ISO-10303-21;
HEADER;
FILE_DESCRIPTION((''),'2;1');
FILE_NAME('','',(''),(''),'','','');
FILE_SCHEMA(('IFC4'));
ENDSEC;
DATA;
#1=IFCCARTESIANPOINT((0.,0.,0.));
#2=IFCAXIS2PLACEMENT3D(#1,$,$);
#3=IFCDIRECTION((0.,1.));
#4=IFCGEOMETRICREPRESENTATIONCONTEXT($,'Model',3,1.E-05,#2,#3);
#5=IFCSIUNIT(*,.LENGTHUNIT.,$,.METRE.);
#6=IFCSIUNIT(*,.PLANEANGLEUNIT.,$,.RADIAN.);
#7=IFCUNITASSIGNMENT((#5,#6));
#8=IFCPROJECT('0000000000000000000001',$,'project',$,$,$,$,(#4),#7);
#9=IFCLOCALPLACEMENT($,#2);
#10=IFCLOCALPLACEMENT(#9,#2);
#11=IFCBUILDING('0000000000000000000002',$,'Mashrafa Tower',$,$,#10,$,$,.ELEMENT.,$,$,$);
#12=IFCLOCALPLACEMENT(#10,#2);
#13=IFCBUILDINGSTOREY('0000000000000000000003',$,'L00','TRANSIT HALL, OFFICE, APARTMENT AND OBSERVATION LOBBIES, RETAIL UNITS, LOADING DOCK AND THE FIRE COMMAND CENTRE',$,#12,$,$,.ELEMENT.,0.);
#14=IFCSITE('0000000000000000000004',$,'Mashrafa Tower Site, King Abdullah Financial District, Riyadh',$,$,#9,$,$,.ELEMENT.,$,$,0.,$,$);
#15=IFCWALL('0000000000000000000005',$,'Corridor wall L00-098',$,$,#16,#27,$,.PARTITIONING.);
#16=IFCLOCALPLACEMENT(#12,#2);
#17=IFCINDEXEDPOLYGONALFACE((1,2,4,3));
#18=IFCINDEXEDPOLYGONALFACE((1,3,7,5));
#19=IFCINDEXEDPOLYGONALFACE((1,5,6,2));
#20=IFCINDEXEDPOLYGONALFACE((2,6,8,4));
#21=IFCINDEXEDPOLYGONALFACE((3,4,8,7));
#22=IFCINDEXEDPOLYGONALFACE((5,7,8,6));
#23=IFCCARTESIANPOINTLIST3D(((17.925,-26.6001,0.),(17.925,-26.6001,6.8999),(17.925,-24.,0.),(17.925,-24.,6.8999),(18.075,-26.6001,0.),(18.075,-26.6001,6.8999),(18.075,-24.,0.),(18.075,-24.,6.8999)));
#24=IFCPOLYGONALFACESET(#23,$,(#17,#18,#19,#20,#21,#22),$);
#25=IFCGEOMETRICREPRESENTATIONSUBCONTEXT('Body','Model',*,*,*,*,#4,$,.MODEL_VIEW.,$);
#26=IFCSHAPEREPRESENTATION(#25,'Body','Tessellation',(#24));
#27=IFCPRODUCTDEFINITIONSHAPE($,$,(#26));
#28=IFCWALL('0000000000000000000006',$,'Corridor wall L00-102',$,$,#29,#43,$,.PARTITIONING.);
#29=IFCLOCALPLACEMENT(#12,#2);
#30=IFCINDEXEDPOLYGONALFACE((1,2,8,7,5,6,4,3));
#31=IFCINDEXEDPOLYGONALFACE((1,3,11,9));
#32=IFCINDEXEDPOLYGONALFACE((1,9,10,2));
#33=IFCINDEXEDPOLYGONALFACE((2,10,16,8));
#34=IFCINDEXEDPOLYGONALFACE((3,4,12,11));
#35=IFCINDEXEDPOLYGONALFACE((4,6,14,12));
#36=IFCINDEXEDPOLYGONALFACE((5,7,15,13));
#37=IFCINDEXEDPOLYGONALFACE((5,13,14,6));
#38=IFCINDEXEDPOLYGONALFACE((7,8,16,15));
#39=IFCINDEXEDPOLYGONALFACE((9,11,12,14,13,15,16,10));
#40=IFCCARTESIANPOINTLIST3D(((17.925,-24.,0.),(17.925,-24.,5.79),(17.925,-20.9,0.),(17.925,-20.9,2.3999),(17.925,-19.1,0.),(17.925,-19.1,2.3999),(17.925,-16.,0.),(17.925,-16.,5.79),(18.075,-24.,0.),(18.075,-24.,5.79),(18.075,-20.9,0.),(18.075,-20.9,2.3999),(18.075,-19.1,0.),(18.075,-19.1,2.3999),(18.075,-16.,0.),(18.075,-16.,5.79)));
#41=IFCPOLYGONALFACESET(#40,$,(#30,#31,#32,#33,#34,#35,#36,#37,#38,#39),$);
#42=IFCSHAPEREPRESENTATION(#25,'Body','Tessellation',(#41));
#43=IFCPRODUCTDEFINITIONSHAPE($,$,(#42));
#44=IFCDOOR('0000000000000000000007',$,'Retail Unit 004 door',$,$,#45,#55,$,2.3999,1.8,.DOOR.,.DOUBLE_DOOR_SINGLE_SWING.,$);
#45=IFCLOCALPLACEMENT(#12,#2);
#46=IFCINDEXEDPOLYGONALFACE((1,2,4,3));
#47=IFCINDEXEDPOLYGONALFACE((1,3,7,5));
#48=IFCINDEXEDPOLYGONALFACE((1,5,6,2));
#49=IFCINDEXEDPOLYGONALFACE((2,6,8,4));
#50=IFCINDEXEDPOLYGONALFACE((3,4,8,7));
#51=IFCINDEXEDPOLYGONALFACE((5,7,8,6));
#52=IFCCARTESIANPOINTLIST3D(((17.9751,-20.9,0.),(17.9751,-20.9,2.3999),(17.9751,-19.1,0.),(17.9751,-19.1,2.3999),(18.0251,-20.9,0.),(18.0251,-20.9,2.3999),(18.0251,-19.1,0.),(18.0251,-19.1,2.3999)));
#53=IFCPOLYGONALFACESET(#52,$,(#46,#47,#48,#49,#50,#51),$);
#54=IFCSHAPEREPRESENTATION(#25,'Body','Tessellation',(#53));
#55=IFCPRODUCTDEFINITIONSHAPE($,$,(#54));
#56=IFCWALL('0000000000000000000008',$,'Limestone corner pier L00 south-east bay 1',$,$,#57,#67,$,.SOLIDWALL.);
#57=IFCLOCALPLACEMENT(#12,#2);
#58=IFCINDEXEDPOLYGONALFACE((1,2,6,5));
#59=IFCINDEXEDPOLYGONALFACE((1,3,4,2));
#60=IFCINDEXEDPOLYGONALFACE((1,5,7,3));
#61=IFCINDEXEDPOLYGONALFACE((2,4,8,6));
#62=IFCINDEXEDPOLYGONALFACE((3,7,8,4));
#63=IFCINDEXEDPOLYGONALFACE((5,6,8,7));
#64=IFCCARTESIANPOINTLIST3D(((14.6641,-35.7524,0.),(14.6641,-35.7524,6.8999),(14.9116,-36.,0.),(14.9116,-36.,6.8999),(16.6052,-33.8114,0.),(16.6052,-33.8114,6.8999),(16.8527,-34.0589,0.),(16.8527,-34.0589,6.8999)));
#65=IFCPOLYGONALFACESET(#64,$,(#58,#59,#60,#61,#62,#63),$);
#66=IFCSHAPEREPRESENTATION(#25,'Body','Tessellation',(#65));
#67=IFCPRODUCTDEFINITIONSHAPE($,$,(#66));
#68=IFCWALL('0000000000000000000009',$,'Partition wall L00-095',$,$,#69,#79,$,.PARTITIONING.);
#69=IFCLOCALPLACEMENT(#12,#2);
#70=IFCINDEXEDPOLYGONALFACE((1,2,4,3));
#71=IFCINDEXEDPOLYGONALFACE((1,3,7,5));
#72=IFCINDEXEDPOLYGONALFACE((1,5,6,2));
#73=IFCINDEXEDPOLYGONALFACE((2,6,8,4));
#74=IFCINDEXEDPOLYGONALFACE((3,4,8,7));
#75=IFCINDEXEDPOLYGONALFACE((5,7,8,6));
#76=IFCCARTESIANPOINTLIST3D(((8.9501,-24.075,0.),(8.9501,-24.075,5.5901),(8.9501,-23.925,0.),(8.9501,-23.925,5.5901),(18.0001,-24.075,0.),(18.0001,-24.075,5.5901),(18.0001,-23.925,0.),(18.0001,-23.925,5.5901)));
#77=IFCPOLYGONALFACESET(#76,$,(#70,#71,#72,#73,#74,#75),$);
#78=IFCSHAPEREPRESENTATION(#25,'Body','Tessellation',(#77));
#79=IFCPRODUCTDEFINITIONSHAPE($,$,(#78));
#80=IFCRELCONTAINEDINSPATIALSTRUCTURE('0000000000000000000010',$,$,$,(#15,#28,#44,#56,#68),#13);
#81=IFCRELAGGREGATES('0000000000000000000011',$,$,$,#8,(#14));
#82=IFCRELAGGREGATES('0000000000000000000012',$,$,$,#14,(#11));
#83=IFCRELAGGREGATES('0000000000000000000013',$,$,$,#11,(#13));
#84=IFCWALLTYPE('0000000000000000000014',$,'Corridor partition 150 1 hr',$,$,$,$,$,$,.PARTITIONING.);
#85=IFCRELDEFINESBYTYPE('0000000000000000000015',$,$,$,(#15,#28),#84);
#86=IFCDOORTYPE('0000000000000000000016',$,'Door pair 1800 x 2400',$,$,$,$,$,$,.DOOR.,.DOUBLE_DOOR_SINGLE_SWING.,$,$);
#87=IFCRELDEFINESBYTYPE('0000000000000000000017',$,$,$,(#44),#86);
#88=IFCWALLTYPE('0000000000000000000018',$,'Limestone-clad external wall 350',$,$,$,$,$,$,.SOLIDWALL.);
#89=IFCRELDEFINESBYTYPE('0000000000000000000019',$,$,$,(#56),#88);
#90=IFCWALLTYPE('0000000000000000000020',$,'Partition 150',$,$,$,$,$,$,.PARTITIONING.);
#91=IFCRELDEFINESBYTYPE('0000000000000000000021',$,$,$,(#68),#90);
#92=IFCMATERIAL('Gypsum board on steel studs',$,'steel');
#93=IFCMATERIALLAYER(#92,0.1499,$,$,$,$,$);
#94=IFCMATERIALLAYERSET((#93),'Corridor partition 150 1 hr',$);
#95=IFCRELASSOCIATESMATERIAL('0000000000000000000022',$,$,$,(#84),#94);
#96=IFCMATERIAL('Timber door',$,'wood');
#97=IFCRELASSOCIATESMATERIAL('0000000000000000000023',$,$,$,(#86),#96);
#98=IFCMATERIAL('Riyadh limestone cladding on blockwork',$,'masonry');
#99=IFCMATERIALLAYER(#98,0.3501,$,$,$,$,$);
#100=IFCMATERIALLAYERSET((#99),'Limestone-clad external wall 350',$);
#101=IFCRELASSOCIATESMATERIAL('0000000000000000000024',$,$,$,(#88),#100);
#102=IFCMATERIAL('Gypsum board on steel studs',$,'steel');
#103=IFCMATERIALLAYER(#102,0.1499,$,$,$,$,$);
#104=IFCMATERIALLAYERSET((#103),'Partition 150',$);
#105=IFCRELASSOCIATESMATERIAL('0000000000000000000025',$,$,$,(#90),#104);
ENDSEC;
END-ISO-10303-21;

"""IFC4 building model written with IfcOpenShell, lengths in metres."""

from ifc_helpers import new_model, si_unit, direction, frame, frame_2d, origin, place, context, subcontext, project, spatial, rectangle, extrude, material, layer, layer_set, type_object, element, fill, save


model = new_model("IFC4")

# Units and contexts
model_context = context("Model", 3, precision=1e-05, world=origin(), true_north=direction((0.0, 1.0)))
body_context = subcontext(model_context, "Body", "Model", "MODEL_VIEW")
ifc_project = project(units=[si_unit("LENGTHUNIT", "METRE"), si_unit("PLANEANGLEUNIT", "RADIAN")], contexts=[model_context])

# Site, building, storey
site_placement = place(None, origin())
site = spatial("IfcSite", under=ifc_project, at=site_placement, Name="Mashrafa Tower Site, King Abdullah Financial District, Riyadh", CompositionType="ELEMENT", RefElevation=0.0)
building_placement = place(site_placement, origin())
building = spatial("IfcBuilding", under=site, at=building_placement, Name="Mashrafa Tower", CompositionType="ELEMENT")
storey_placement = place(building_placement, origin())
storey = spatial("IfcBuildingStorey", under=building, at=storey_placement, Name="L00", Description="TRANSIT HALL, OFFICE, APARTMENT AND OBSERVATION LOBBIES, RETAIL UNITS, LOADING DOCK AND THE FIRE COMMAND CENTRE", CompositionType="ELEMENT", Elevation=0.0)

# Wall
ifc_material_1 = material(Name="Gypsum board on steel studs", Category="steel")
ifc_layer_1 = layer(ifc_material_1, 0.1499)
ifc_layer_set_1 = layer_set([ifc_layer_1], Name="Corridor partition 150 1 hr")
wall_type_1 = type_object("IfcWallType", Name="Corridor partition 150 1 hr", PredefinedType="PARTITIONING", material=ifc_layer_set_1)
wall_1_placement = place(storey_placement, frame((18.0, -26.6001, 0.0), z_axis=(0.0, 0.0, 1.0), x_axis=(0.0, 1.0, 0.0)))
element("IfcWall", 1, at=wall_1_placement, inside=storey, type_object=wall_type_1, Name="Corridor wall L00-098", PredefinedType="PARTITIONING", context=body_context, shape_type="SweptSolid", body=[
    extrude(rectangle(XDim=2.6001, YDim=0.1499, at=frame_2d((1.3, 0.0))), origin(), (0.0, 0.0, 1.0), 6.8999),
])

# Wall, opening, door
wall_2_placement = place(storey_placement, frame((18.0, -24.0, 0.0), z_axis=(0.0, 0.0, 1.0), x_axis=(0.0, 1.0, 0.0)))
wall_2 = element("IfcWall", 2, at=wall_2_placement, inside=storey, type_object=wall_type_1, Name="Corridor wall L00-102", PredefinedType="PARTITIONING", context=body_context, shape_type="SweptSolid", body=[
    extrude(rectangle(XDim=8.0, YDim=0.1499, at=frame_2d((4.0, 0.0))), origin(), (0.0, 0.0, 1.0), 5.79),
])
opening_placement = place(wall_2_placement, frame((3.1001, 0.0, 0.0)))
opening = element("IfcOpeningElement", 3, at=opening_placement, cuts=wall_2, PredefinedType="OPENING", context=body_context, shape_type="SweptSolid", body=[
    extrude(rectangle(XDim=1.8, YDim=2.3999, at=frame_2d((0.8999, 1.2))), frame((0.0, 0.085, 0.0), z_axis=(0.0, -1.0, 0.0), x_axis=(1.0, 0.0, 0.0)), (0.0, 0.0, 1.0), 0.1699),
])
ifc_material_2 = material(Name="Timber door", Category="wood")
door_type = type_object("IfcDoorType", Name="Door pair 1800 x 2400", OperationType="DOUBLE_DOOR_SINGLE_SWING", PredefinedType="DOOR", material=ifc_material_2)
door_placement = place(opening_placement, origin())
door = element("IfcDoor", 4, at=door_placement, inside=storey, type_object=door_type, Name="Retail Unit 004 door", OperationType="DOUBLE_DOOR_SINGLE_SWING", OverallHeight=2.3999, OverallWidth=1.8, PredefinedType="DOOR", context=body_context, shape_type="SweptSolid", body=[
    extrude(rectangle(XDim=1.8, YDim=2.3999, at=frame_2d((0.8999, 1.2))), frame((0.0, 0.0249, 0.0), z_axis=(0.0, -1.0, 0.0), x_axis=(1.0, 0.0, 0.0)), (0.0, 0.0, 1.0), 0.05),
])
fill(opening, door)

# Walls
ifc_material_3 = material(Name="Riyadh limestone cladding on blockwork", Category="masonry")
ifc_layer_2 = layer(ifc_material_3, 0.3501)
ifc_layer_set_2 = layer_set([ifc_layer_2], Name="Limestone-clad external wall 350")
wall_type_2 = type_object("IfcWallType", Name="Limestone-clad external wall 350", PredefinedType="SOLIDWALL", material=ifc_layer_set_2)
wall_3_placement = place(storey_placement, frame((14.7878, -35.8762, 0.0), z_axis=(0.0, 0.0, 1.0), x_axis=(0.707107, 0.707107, 0.0)))
element("IfcWall", 5, at=wall_3_placement, inside=storey, type_object=wall_type_2, Name="Limestone corner pier L00 south-east bay 1", PredefinedType="SOLIDWALL", context=body_context, shape_type="SweptSolid", body=[
    extrude(rectangle(XDim=2.7451, YDim=0.3501, at=frame_2d((1.3726, 0.0))), origin(), (0.0, 0.0, 1.0), 6.8999),
])
ifc_material_4 = material(Name="Gypsum board on steel studs", Category="steel")
ifc_layer_3 = layer(ifc_material_4, 0.1499)
ifc_layer_set_3 = layer_set([ifc_layer_3], Name="Partition 150")
wall_type_3 = type_object("IfcWallType", Name="Partition 150", PredefinedType="PARTITIONING", material=ifc_layer_set_3)
wall_4_placement = place(storey_placement, frame((18.0, -24.0, 0.0), z_axis=(0.0, 0.0, 1.0), x_axis=(-1.0, 0.0, 0.0)))
element("IfcWall", 6, at=wall_4_placement, inside=storey, type_object=wall_type_3, Name="Partition wall L00-095", PredefinedType="PARTITIONING", context=body_context, shape_type="SweptSolid", body=[
    extrude(rectangle(XDim=9.05, YDim=0.1499, at=frame_2d((4.5249, 0.0))), origin(), (0.0, 0.0, 1.0), 5.5901),
])

save(model, "model.ifc")
